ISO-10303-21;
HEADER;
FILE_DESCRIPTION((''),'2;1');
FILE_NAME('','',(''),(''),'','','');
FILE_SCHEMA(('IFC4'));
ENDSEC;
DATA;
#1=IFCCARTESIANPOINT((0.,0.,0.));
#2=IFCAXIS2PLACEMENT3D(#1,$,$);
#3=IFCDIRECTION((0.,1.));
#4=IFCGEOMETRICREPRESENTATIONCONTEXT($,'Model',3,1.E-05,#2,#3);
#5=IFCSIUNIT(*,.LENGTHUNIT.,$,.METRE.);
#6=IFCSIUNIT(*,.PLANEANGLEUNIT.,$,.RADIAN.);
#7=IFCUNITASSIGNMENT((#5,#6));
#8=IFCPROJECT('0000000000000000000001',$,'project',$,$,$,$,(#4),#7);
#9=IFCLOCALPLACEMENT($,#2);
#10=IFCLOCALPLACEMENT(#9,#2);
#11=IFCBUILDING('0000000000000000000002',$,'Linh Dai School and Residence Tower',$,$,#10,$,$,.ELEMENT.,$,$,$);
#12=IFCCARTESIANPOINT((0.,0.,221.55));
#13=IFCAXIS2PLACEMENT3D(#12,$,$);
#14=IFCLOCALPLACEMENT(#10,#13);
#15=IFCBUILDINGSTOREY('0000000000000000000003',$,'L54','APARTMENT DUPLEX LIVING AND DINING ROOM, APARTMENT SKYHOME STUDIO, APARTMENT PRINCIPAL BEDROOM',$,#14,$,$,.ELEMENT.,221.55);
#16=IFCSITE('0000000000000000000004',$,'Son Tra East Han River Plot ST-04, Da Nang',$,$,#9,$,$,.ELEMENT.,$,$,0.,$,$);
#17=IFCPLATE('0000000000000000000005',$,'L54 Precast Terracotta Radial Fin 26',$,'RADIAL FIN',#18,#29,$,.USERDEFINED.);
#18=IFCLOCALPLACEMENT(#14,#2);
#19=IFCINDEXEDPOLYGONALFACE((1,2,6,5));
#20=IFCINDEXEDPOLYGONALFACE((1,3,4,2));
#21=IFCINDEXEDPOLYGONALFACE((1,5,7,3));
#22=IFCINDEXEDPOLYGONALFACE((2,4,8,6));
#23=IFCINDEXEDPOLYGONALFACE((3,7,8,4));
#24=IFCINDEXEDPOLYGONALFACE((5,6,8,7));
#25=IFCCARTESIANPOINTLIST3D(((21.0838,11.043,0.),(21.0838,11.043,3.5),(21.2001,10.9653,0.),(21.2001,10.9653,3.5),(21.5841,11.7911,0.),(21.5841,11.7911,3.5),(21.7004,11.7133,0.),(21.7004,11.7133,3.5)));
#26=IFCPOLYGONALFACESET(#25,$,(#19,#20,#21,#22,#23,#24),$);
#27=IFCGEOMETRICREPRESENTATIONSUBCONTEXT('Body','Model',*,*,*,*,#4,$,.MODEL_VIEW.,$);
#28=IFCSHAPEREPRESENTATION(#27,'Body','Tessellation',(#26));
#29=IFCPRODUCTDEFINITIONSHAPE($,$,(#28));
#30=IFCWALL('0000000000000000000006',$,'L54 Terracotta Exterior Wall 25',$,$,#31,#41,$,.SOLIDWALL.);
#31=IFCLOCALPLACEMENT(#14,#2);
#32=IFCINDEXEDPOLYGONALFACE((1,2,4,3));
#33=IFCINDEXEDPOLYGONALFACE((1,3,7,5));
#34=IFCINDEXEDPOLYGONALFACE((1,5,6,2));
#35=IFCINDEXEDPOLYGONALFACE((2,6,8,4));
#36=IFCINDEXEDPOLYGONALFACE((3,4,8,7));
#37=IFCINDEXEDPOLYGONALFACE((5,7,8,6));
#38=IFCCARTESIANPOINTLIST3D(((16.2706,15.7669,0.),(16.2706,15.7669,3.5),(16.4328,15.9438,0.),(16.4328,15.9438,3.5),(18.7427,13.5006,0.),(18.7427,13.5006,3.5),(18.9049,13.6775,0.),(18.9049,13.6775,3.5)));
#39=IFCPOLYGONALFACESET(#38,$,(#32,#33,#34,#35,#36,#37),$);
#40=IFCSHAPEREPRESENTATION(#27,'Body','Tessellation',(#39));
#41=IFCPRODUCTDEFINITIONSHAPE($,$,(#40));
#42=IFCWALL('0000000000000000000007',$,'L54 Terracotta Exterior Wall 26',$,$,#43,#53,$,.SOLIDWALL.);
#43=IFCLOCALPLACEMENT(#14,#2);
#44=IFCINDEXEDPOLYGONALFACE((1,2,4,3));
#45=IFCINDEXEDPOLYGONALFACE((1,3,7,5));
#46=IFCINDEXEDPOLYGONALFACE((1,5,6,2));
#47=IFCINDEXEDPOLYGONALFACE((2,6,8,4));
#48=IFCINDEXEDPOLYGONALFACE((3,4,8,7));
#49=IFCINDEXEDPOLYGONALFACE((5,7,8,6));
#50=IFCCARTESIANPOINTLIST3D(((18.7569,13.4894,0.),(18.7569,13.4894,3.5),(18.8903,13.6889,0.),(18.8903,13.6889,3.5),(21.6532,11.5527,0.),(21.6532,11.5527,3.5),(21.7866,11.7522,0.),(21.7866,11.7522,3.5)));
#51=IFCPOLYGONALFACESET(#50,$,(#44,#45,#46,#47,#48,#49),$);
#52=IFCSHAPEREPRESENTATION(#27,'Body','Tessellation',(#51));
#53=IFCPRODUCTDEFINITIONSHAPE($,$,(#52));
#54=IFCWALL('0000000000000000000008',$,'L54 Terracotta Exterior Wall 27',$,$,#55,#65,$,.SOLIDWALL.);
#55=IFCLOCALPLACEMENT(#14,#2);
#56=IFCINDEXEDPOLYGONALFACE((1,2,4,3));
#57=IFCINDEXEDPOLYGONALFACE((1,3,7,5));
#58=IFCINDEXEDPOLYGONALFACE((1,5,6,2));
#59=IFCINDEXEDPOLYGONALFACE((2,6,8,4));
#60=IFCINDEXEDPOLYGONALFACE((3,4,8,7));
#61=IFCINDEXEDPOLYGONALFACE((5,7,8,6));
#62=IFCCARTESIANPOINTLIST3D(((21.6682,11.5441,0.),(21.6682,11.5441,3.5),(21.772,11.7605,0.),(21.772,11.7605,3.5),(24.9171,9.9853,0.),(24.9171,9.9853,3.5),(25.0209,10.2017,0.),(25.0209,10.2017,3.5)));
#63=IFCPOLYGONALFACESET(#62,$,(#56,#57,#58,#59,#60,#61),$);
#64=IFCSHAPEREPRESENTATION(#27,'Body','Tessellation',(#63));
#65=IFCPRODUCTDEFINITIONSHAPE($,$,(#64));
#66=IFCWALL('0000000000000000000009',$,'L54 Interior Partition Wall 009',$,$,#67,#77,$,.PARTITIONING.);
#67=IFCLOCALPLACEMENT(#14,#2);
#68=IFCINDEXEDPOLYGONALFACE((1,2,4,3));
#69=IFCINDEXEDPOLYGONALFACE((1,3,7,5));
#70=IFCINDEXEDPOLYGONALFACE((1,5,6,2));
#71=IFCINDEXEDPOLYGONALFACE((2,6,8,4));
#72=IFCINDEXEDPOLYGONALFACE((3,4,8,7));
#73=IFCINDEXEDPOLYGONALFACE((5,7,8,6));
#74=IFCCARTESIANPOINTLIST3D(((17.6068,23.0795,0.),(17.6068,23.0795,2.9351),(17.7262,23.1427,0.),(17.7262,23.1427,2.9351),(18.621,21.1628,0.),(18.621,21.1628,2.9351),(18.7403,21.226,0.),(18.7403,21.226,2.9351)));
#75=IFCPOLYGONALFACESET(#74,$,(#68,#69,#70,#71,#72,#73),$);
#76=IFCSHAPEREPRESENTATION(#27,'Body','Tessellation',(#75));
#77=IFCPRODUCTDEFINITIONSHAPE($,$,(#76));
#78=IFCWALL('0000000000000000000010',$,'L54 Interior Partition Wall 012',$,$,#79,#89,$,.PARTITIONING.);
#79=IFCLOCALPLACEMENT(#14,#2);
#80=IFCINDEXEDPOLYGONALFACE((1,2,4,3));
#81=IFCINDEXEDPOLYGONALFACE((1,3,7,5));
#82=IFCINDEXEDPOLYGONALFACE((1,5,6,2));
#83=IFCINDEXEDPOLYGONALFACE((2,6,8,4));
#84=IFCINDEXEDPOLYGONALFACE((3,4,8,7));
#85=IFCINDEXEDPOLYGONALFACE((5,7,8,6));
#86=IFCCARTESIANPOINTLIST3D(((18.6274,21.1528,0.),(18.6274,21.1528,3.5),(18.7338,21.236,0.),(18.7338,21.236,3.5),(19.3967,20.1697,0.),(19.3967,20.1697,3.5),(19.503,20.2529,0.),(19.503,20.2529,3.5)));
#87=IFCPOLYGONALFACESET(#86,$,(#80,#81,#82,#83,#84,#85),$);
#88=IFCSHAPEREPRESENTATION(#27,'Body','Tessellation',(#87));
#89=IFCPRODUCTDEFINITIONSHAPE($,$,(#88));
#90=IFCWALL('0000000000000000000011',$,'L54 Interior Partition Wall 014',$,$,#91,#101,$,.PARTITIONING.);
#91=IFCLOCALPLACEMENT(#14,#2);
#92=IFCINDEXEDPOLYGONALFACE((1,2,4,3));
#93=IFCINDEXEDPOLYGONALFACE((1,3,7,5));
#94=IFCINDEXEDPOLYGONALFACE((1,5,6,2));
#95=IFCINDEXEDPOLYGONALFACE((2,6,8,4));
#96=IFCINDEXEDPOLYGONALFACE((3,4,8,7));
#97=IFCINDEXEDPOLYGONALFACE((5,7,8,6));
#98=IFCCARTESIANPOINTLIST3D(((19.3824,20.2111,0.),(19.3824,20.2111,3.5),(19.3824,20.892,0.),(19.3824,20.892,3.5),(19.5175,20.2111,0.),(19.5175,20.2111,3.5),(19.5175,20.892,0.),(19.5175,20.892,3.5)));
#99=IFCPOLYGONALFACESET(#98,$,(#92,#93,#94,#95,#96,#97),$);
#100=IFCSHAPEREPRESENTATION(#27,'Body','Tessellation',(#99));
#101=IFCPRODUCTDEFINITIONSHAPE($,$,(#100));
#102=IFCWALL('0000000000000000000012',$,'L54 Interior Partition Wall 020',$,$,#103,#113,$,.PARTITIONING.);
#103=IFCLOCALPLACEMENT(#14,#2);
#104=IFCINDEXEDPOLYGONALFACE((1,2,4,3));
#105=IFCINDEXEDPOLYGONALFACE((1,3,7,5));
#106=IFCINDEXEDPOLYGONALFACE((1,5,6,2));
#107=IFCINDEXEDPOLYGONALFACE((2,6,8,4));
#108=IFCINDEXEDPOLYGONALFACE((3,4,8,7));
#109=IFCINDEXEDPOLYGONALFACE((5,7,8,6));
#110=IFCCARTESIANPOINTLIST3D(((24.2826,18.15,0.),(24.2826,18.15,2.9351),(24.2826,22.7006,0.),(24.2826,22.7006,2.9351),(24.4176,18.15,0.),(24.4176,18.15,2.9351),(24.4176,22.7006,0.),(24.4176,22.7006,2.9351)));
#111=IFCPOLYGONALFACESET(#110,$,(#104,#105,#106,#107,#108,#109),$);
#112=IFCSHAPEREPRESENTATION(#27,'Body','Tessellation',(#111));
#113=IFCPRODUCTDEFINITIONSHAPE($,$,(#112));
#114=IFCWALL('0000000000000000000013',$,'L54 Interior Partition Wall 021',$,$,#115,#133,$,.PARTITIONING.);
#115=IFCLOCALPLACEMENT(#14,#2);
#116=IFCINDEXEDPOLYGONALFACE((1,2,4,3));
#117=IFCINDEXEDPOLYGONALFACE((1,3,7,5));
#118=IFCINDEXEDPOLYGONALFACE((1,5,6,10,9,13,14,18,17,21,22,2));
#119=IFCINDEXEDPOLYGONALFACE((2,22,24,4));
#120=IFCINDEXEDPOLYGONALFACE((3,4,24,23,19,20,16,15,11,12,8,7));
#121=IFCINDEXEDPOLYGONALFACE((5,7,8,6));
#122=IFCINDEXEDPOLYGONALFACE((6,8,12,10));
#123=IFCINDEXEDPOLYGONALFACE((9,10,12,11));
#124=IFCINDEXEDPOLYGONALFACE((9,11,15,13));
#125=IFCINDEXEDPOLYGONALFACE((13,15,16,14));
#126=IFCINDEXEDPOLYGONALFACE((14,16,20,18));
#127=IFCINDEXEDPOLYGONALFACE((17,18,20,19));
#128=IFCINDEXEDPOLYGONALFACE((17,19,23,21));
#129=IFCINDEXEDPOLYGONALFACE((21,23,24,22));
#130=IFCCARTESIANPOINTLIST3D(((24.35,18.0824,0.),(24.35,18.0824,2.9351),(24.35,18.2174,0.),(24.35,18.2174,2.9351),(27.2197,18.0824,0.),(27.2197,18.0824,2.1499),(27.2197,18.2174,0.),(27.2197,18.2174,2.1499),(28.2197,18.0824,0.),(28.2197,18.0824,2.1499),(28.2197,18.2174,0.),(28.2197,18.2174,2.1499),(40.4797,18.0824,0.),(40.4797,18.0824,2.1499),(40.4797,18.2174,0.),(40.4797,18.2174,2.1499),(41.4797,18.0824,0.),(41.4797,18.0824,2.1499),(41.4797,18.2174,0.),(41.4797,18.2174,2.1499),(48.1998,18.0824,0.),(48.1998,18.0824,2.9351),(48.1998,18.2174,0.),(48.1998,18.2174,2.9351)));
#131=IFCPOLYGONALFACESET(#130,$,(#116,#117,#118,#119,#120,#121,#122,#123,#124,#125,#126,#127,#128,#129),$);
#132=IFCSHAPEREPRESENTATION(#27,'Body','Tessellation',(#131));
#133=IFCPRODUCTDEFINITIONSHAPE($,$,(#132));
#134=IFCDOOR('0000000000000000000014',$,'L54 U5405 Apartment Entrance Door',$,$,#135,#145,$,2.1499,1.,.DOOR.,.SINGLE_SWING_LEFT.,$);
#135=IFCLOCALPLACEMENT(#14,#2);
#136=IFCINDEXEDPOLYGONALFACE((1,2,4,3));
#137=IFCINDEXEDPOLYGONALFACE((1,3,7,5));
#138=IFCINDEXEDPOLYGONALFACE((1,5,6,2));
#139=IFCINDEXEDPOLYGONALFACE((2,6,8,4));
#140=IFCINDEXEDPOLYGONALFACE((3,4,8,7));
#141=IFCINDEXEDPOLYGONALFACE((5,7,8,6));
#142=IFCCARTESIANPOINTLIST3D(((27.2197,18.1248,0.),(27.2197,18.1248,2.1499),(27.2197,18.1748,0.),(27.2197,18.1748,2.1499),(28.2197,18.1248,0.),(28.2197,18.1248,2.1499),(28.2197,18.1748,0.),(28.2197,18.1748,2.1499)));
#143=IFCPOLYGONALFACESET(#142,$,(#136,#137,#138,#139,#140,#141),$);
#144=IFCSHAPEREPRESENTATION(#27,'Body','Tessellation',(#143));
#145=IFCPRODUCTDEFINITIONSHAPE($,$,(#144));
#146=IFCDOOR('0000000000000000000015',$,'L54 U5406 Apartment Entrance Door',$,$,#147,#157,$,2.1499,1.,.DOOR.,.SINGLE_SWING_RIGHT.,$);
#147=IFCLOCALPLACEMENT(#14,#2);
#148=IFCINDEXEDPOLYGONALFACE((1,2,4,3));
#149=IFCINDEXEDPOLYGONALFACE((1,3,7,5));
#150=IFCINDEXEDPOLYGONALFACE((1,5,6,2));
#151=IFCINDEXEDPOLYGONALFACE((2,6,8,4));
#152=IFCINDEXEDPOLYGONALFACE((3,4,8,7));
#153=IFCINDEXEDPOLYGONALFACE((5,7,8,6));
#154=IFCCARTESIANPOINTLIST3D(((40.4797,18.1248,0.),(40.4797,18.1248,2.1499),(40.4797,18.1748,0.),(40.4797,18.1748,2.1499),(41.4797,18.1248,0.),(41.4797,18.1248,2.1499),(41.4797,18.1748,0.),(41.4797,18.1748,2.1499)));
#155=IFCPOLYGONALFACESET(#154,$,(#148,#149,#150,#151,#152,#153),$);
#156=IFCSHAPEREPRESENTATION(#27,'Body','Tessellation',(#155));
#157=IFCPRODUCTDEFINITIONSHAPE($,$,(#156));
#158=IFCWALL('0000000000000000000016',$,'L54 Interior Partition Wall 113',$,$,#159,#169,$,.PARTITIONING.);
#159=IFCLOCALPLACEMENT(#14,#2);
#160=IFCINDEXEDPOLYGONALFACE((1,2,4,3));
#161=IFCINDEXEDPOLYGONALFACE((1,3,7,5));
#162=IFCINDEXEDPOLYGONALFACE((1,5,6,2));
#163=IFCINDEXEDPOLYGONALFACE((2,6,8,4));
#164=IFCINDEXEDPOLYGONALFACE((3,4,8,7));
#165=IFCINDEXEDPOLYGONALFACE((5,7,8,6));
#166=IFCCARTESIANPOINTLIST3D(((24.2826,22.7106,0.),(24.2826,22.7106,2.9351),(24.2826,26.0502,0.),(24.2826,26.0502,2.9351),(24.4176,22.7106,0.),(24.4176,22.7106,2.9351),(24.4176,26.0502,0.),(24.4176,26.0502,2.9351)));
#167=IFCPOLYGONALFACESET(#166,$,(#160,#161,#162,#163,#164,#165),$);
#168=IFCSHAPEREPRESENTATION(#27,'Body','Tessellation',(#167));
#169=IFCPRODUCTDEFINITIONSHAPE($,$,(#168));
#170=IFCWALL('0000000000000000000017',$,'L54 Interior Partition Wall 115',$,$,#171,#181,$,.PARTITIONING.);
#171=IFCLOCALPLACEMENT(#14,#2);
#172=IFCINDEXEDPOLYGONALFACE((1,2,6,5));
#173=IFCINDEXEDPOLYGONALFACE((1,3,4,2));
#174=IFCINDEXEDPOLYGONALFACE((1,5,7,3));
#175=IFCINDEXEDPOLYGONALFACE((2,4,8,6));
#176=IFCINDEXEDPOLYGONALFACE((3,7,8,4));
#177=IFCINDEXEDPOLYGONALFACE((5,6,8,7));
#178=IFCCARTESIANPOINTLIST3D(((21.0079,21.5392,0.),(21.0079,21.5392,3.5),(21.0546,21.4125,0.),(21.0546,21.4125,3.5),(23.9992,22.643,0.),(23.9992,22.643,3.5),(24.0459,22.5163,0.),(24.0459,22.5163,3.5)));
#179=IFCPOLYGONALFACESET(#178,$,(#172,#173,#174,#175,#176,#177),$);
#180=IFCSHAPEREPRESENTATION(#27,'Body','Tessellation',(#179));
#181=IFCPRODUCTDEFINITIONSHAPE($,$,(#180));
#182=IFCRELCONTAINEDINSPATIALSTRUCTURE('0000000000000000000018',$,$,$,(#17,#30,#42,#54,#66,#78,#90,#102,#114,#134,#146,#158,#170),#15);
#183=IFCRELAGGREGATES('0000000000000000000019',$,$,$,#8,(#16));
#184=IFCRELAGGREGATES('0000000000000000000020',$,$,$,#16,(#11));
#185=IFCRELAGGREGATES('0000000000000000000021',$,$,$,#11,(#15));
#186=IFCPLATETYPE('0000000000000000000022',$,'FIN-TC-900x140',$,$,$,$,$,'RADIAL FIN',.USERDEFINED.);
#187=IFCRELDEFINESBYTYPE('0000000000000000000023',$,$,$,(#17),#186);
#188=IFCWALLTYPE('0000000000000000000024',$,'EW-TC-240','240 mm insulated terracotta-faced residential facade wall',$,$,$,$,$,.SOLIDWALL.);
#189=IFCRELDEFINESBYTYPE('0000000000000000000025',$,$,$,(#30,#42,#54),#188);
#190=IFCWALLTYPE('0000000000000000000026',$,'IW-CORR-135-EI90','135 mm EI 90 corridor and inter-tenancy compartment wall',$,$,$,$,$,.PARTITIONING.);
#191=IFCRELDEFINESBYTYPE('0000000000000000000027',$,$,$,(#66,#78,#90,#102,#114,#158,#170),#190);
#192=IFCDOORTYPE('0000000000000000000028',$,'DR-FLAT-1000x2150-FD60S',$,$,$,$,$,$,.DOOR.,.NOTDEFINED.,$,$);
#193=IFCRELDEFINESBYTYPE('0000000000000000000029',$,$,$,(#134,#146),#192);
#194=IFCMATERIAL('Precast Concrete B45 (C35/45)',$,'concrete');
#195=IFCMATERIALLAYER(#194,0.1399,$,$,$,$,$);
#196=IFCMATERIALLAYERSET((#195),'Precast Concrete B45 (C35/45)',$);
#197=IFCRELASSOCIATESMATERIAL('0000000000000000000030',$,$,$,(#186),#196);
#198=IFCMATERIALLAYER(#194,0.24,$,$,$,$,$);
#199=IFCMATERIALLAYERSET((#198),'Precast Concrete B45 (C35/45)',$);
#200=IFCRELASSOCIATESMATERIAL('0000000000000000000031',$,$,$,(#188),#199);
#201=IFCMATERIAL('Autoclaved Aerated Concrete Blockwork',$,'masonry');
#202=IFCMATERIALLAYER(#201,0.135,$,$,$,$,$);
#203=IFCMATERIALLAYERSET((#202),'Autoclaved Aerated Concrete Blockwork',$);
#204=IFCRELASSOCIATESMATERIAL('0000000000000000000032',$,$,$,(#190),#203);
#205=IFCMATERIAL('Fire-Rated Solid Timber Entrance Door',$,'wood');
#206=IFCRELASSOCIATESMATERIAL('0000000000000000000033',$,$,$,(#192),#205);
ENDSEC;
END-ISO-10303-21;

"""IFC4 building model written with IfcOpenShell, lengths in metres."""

from ifc_helpers import new_model, si_unit, direction, frame, frame_2d, origin, origin_2d, place, context, subcontext, project, spatial, rectangle, extrude, source, transform, mapped, material, layer, layer_set, type_object, element, fill, save


model = new_model("IFC4")

# Units and contexts
model_context = context("Model", 3, precision=1e-05, world=origin(), true_north=direction((0.0, 1.0)))
body_context = subcontext(model_context, "Body", "Model", "MODEL_VIEW")
ifc_project = project(units=[si_unit("LENGTHUNIT", "METRE"), si_unit("PLANEANGLEUNIT", "RADIAN")], contexts=[model_context])

# Site, building, storey
site_placement = place(None, origin())
site = spatial("IfcSite", under=ifc_project, at=site_placement, Name="Son Tra East Han River Plot ST-04, Da Nang", CompositionType="ELEMENT", RefElevation=0.0)
building_placement = place(site_placement, origin())
building = spatial("IfcBuilding", under=site, at=building_placement, Name="Linh Dai School and Residence Tower", CompositionType="ELEMENT")
storey_placement = place(building_placement, frame((0.0, 0.0, 221.55)))
storey = spatial("IfcBuildingStorey", under=building, at=storey_placement, Name="L54", Description="APARTMENT DUPLEX LIVING AND DINING ROOM, APARTMENT SKYHOME STUDIO, APARTMENT PRINCIPAL BEDROOM", CompositionType="ELEMENT", Elevation=221.55)

# Plate
ifc_material_1 = material(Name="Precast Concrete B45 (C35/45)", Category="concrete")
ifc_layer_1 = layer(ifc_material_1, 0.1399)
ifc_layer_set_1 = layer_set([ifc_layer_1], Name="Precast Concrete B45 (C35/45)")
plate_type = type_object("IfcPlateType", Name="FIN-TC-900x140", ElementType="RADIAL FIN", PredefinedType="USERDEFINED", material=ifc_layer_set_1)
shared_shape_1 = source(origin(), body_context, "Body", "SweptSolid", [
    extrude(rectangle(XDim=0.8999, YDim=0.1399, at=origin_2d()), origin(), (0.0, 0.0, 1.0), 3.5),
])
plate_placement = place(storey_placement, frame((21.3921, 11.3782, 0.0), z_axis=(0.0, 0.0, 1.0), x_axis=(-0.555887, -0.831258, 0.0)))
element("IfcPlate", 1, at=plate_placement, inside=storey, type_object=plate_type, Name="L54 Precast Terracotta Radial Fin 26", ObjectType="RADIAL FIN", PredefinedType="USERDEFINED", context=body_context, shape_type="MappedRepresentation", body=[
    mapped(shared_shape_1, transform((0.0, 0.0, 0.0), x_axis=(1.0, 0.0, 0.0), y_axis=(0.0, 1.0, 0.0), z_axis=(0.0, 0.0, 1.0), scale=1.0)),
])

# Walls
ifc_layer_2 = layer(ifc_material_1, 0.24)
ifc_layer_set_2 = layer_set([ifc_layer_2], Name="Precast Concrete B45 (C35/45)")
wall_type_1 = type_object("IfcWallType", Name="EW-TC-240", Description="240 mm insulated terracotta-faced residential facade wall", PredefinedType="SOLIDWALL", material=ifc_layer_set_2)
wall_1_placement = place(storey_placement, frame((18.8237, 13.5891, 0.0), z_axis=(0.0, 0.0, 1.0), x_axis=(-0.737124, 0.675758, 0.0)))
element("IfcWall", 2, at=wall_1_placement, inside=storey, type_object=wall_type_1, Name="L54 Terracotta Exterior Wall 25", PredefinedType="SOLIDWALL", context=body_context, shape_type="SweptSolid", body=[
    extrude(rectangle(XDim=3.3538, YDim=0.24, at=frame_2d((1.6768, 0.0))), origin(), (0.0, 0.0, 1.0), 3.5),
])
wall_2_placement = place(storey_placement, frame((21.72, 11.6523, 0.0), z_axis=(0.0, 0.0, 1.0), x_axis=(-0.831262, 0.55588, 0.0)))
element("IfcWall", 3, at=wall_2_placement, inside=storey, type_object=wall_type_1, Name="L54 Terracotta Exterior Wall 26", PredefinedType="SOLIDWALL", context=body_context, shape_type="SweptSolid", body=[
    extrude(rectangle(XDim=3.4841, YDim=0.24, at=frame_2d((1.7422, 0.0))), origin(), (0.0, 0.0, 1.0), 3.5),
])
wall_3_placement = place(storey_placement, frame((24.969, 10.0935, 0.0), z_axis=(0.0, 0.0, 1.0), x_axis=(-0.901598, 0.432575, 0.0)))
element("IfcWall", 4, at=wall_3_placement, inside=storey, type_object=wall_type_1, Name="L54 Terracotta Exterior Wall 27", PredefinedType="SOLIDWALL", context=body_context, shape_type="SweptSolid", body=[
    extrude(rectangle(XDim=3.6035, YDim=0.24, at=frame_2d((1.8018, 0.0))), origin(), (0.0, 0.0, 1.0), 3.5),
])
ifc_material_2 = material(Name="Autoclaved Aerated Concrete Blockwork", Category="masonry")
ifc_layer_3 = layer(ifc_material_2, 0.135)
ifc_layer_set_3 = layer_set([ifc_layer_3], Name="Autoclaved Aerated Concrete Blockwork")
wall_type_2 = type_object("IfcWallType", Name="IW-CORR-135-EI90", Description="135 mm EI 90 corridor and inter-tenancy compartment wall", PredefinedType="PARTITIONING", material=ifc_layer_set_3)
wall_4_placement = place(storey_placement, frame((17.6665, 23.1111, 0.0), z_axis=(0.0, 0.0, 1.0), x_axis=(0.467676, -0.8839, 0.0)))
element("IfcWall", 5, at=wall_4_placement, inside=storey, type_object=wall_type_2, Name="L54 Interior Partition Wall 009", PredefinedType="PARTITIONING", context=body_context, shape_type="SweptSolid", body=[
    extrude(rectangle(XDim=2.1685, YDim=0.135, at=frame_2d((1.0842, 0.0))), origin(), (0.0, 0.0, 1.0), 2.9351),
])
wall_5_placement = place(storey_placement, frame((18.6807, 21.1943, 0.0), z_axis=(0.0, 0.0, 1.0), x_axis=(0.61624, -0.787559, 0.0)))
element("IfcWall", 6, at=wall_5_placement, inside=storey, type_object=wall_type_2, Name="L54 Interior Partition Wall 012", PredefinedType="PARTITIONING", context=body_context, shape_type="SweptSolid", body=[
    extrude(rectangle(XDim=1.2483, YDim=0.135, at=frame_2d((0.624, 0.0))), origin(), (0.0, 0.0, 1.0), 3.5),
])
wall_6_placement = place(storey_placement, frame((19.45, 20.2112, 0.0), z_axis=(0.0, 0.0, 1.0), x_axis=(0.0, 1.0, 0.0)))
element("IfcWall", 7, at=wall_6_placement, inside=storey, type_object=wall_type_2, Name="L54 Interior Partition Wall 014", PredefinedType="PARTITIONING", context=body_context, shape_type="SweptSolid", body=[
    extrude(rectangle(XDim=0.6809, YDim=0.135, at=frame_2d((0.3403, 0.0))), origin(), (0.0, 0.0, 1.0), 3.5),
])
wall_7_placement = place(storey_placement, frame((24.3501, 18.1499, 0.0), z_axis=(0.0, 0.0, 1.0), x_axis=(0.0, 1.0, 0.0)))
element("IfcWall", 8, at=wall_7_placement, inside=storey, type_object=wall_type_2, Name="L54 Interior Partition Wall 020", PredefinedType="PARTITIONING", context=body_context, shape_type="SweptSolid", body=[
    extrude(rectangle(XDim=4.5505, YDim=0.135, at=frame_2d((2.2754, 0.0))), origin(), (0.0, 0.0, 1.0), 2.9351),
])

# Wall, openings, doors
wall_8_placement = place(storey_placement, frame((24.3501, 18.1499, 0.0), z_axis=(0.0, 0.0, 1.0), x_axis=(1.0, 0.0, 0.0)))
wall_8 = element("IfcWall", 9, at=wall_8_placement, inside=storey, type_object=wall_type_2, Name="L54 Interior Partition Wall 021", PredefinedType="PARTITIONING", context=body_context, shape_type="SweptSolid", body=[
    extrude(rectangle(XDim=23.8499, YDim=0.135, at=frame_2d((11.9248, 0.0))), origin(), (0.0, 0.0, 1.0), 2.9351),
])
opening_1_placement = place(wall_8_placement, frame((2.8696, 0.0, 0.0)))
opening_1 = element("IfcOpeningElement", 10, at=opening_1_placement, cuts=wall_8, PredefinedType="OPENING", context=body_context, shape_type="SweptSolid", body=[
    extrude(rectangle(XDim=1.0, YDim=2.1499, at=origin_2d()), frame((0.5, 0.0776, 1.075), z_axis=(0.0, -1.0, 0.0), x_axis=(1.0, 0.0, 0.0)), (0.0, 0.0, 1.0), 0.155),
])
opening_2_placement = place(wall_8_placement, frame((16.1296, 0.0, 0.0)))
opening_2 = element("IfcOpeningElement", 11, at=opening_2_placement, cuts=wall_8, PredefinedType="OPENING", context=body_context, shape_type="SweptSolid", body=[
    extrude(rectangle(XDim=1.0, YDim=2.1499, at=origin_2d()), frame((0.5, 0.0776, 1.075), z_axis=(0.0, -1.0, 0.0), x_axis=(1.0, 0.0, 0.0)), (0.0, 0.0, 1.0), 0.155),
])
ifc_material_3 = material(Name="Fire-Rated Solid Timber Entrance Door", Category="wood")
door_type_1 = type_object("IfcDoorType", Name="DR-FLAT-1000x2150-FD60S", OperationType="NOTDEFINED", PredefinedType="DOOR", material=ifc_material_3)
shared_shape_2 = source(origin(), body_context, "Body", "SweptSolid", [
    extrude(rectangle(XDim=1.0, YDim=2.1499, at=origin_2d()), frame((0.5, 0.0249, 1.075), z_axis=(0.0, -1.0, 0.0), x_axis=(1.0, 0.0, 0.0)), (0.0, 0.0, 1.0), 0.05),
])
door_1_placement = place(opening_1_placement, origin())
door_1 = element("IfcDoor", 12, at=door_1_placement, inside=storey, type_object=door_type_1, Name="L54 U5405 Apartment Entrance Door", OperationType="SINGLE_SWING_LEFT", OverallHeight=2.1499, OverallWidth=1.0, PredefinedType="DOOR", context=body_context, shape_type="MappedRepresentation", body=[
    mapped(shared_shape_2, transform((0.0, 0.0, 0.0), x_axis=(1.0, 0.0, 0.0), y_axis=(0.0, 1.0, 0.0), z_axis=(0.0, 0.0, 1.0), scale=1.0)),
])
fill(opening_1, door_1)
door_2_placement = place(opening_2_placement, origin())
door_2 = element("IfcDoor", 13, at=door_2_placement, inside=storey, type_object=door_type_1, Name="L54 U5406 Apartment Entrance Door", OperationType="SINGLE_SWING_RIGHT", OverallHeight=2.1499, OverallWidth=1.0, PredefinedType="DOOR", context=body_context, shape_type="MappedRepresentation", body=[
    mapped(shared_shape_2, transform((0.0, 0.0, 0.0), x_axis=(1.0, 0.0, 0.0), y_axis=(0.0, 1.0, 0.0), z_axis=(0.0, 0.0, 1.0), scale=1.0)),
])
fill(opening_2, door_2)

# Walls
wall_9_placement = place(storey_placement, frame((24.3501, 22.7104, 0.0), z_axis=(0.0, 0.0, 1.0), x_axis=(0.0, 1.0, 0.0)))
element("IfcWall", 14, at=wall_9_placement, inside=storey, type_object=wall_type_2, Name="L54 Interior Partition Wall 113", PredefinedType="PARTITIONING", context=body_context, shape_type="SweptSolid", body=[
    extrude(rectangle(XDim=3.3396, YDim=0.135, at=frame_2d((1.6699, 0.0))), origin(), (0.0, 0.0, 1.0), 2.9351),
])
wall_10_placement = place(storey_placement, frame((21.0312, 21.4758, 0.0), z_axis=(0.0, 0.0, 1.0), x_axis=(0.938167, 0.346184, 0.0)))
element("IfcWall", 15, at=wall_10_placement, inside=storey, type_object=wall_type_2, Name="L54 Interior Partition Wall 115", PredefinedType="PARTITIONING", context=body_context, shape_type="SweptSolid", body=[
    extrude(rectangle(XDim=3.1885, YDim=0.135, at=frame_2d((1.5942, 0.0))), origin(), (0.0, 0.0, 1.0), 3.5),
])

save(model, "model.ifc")
